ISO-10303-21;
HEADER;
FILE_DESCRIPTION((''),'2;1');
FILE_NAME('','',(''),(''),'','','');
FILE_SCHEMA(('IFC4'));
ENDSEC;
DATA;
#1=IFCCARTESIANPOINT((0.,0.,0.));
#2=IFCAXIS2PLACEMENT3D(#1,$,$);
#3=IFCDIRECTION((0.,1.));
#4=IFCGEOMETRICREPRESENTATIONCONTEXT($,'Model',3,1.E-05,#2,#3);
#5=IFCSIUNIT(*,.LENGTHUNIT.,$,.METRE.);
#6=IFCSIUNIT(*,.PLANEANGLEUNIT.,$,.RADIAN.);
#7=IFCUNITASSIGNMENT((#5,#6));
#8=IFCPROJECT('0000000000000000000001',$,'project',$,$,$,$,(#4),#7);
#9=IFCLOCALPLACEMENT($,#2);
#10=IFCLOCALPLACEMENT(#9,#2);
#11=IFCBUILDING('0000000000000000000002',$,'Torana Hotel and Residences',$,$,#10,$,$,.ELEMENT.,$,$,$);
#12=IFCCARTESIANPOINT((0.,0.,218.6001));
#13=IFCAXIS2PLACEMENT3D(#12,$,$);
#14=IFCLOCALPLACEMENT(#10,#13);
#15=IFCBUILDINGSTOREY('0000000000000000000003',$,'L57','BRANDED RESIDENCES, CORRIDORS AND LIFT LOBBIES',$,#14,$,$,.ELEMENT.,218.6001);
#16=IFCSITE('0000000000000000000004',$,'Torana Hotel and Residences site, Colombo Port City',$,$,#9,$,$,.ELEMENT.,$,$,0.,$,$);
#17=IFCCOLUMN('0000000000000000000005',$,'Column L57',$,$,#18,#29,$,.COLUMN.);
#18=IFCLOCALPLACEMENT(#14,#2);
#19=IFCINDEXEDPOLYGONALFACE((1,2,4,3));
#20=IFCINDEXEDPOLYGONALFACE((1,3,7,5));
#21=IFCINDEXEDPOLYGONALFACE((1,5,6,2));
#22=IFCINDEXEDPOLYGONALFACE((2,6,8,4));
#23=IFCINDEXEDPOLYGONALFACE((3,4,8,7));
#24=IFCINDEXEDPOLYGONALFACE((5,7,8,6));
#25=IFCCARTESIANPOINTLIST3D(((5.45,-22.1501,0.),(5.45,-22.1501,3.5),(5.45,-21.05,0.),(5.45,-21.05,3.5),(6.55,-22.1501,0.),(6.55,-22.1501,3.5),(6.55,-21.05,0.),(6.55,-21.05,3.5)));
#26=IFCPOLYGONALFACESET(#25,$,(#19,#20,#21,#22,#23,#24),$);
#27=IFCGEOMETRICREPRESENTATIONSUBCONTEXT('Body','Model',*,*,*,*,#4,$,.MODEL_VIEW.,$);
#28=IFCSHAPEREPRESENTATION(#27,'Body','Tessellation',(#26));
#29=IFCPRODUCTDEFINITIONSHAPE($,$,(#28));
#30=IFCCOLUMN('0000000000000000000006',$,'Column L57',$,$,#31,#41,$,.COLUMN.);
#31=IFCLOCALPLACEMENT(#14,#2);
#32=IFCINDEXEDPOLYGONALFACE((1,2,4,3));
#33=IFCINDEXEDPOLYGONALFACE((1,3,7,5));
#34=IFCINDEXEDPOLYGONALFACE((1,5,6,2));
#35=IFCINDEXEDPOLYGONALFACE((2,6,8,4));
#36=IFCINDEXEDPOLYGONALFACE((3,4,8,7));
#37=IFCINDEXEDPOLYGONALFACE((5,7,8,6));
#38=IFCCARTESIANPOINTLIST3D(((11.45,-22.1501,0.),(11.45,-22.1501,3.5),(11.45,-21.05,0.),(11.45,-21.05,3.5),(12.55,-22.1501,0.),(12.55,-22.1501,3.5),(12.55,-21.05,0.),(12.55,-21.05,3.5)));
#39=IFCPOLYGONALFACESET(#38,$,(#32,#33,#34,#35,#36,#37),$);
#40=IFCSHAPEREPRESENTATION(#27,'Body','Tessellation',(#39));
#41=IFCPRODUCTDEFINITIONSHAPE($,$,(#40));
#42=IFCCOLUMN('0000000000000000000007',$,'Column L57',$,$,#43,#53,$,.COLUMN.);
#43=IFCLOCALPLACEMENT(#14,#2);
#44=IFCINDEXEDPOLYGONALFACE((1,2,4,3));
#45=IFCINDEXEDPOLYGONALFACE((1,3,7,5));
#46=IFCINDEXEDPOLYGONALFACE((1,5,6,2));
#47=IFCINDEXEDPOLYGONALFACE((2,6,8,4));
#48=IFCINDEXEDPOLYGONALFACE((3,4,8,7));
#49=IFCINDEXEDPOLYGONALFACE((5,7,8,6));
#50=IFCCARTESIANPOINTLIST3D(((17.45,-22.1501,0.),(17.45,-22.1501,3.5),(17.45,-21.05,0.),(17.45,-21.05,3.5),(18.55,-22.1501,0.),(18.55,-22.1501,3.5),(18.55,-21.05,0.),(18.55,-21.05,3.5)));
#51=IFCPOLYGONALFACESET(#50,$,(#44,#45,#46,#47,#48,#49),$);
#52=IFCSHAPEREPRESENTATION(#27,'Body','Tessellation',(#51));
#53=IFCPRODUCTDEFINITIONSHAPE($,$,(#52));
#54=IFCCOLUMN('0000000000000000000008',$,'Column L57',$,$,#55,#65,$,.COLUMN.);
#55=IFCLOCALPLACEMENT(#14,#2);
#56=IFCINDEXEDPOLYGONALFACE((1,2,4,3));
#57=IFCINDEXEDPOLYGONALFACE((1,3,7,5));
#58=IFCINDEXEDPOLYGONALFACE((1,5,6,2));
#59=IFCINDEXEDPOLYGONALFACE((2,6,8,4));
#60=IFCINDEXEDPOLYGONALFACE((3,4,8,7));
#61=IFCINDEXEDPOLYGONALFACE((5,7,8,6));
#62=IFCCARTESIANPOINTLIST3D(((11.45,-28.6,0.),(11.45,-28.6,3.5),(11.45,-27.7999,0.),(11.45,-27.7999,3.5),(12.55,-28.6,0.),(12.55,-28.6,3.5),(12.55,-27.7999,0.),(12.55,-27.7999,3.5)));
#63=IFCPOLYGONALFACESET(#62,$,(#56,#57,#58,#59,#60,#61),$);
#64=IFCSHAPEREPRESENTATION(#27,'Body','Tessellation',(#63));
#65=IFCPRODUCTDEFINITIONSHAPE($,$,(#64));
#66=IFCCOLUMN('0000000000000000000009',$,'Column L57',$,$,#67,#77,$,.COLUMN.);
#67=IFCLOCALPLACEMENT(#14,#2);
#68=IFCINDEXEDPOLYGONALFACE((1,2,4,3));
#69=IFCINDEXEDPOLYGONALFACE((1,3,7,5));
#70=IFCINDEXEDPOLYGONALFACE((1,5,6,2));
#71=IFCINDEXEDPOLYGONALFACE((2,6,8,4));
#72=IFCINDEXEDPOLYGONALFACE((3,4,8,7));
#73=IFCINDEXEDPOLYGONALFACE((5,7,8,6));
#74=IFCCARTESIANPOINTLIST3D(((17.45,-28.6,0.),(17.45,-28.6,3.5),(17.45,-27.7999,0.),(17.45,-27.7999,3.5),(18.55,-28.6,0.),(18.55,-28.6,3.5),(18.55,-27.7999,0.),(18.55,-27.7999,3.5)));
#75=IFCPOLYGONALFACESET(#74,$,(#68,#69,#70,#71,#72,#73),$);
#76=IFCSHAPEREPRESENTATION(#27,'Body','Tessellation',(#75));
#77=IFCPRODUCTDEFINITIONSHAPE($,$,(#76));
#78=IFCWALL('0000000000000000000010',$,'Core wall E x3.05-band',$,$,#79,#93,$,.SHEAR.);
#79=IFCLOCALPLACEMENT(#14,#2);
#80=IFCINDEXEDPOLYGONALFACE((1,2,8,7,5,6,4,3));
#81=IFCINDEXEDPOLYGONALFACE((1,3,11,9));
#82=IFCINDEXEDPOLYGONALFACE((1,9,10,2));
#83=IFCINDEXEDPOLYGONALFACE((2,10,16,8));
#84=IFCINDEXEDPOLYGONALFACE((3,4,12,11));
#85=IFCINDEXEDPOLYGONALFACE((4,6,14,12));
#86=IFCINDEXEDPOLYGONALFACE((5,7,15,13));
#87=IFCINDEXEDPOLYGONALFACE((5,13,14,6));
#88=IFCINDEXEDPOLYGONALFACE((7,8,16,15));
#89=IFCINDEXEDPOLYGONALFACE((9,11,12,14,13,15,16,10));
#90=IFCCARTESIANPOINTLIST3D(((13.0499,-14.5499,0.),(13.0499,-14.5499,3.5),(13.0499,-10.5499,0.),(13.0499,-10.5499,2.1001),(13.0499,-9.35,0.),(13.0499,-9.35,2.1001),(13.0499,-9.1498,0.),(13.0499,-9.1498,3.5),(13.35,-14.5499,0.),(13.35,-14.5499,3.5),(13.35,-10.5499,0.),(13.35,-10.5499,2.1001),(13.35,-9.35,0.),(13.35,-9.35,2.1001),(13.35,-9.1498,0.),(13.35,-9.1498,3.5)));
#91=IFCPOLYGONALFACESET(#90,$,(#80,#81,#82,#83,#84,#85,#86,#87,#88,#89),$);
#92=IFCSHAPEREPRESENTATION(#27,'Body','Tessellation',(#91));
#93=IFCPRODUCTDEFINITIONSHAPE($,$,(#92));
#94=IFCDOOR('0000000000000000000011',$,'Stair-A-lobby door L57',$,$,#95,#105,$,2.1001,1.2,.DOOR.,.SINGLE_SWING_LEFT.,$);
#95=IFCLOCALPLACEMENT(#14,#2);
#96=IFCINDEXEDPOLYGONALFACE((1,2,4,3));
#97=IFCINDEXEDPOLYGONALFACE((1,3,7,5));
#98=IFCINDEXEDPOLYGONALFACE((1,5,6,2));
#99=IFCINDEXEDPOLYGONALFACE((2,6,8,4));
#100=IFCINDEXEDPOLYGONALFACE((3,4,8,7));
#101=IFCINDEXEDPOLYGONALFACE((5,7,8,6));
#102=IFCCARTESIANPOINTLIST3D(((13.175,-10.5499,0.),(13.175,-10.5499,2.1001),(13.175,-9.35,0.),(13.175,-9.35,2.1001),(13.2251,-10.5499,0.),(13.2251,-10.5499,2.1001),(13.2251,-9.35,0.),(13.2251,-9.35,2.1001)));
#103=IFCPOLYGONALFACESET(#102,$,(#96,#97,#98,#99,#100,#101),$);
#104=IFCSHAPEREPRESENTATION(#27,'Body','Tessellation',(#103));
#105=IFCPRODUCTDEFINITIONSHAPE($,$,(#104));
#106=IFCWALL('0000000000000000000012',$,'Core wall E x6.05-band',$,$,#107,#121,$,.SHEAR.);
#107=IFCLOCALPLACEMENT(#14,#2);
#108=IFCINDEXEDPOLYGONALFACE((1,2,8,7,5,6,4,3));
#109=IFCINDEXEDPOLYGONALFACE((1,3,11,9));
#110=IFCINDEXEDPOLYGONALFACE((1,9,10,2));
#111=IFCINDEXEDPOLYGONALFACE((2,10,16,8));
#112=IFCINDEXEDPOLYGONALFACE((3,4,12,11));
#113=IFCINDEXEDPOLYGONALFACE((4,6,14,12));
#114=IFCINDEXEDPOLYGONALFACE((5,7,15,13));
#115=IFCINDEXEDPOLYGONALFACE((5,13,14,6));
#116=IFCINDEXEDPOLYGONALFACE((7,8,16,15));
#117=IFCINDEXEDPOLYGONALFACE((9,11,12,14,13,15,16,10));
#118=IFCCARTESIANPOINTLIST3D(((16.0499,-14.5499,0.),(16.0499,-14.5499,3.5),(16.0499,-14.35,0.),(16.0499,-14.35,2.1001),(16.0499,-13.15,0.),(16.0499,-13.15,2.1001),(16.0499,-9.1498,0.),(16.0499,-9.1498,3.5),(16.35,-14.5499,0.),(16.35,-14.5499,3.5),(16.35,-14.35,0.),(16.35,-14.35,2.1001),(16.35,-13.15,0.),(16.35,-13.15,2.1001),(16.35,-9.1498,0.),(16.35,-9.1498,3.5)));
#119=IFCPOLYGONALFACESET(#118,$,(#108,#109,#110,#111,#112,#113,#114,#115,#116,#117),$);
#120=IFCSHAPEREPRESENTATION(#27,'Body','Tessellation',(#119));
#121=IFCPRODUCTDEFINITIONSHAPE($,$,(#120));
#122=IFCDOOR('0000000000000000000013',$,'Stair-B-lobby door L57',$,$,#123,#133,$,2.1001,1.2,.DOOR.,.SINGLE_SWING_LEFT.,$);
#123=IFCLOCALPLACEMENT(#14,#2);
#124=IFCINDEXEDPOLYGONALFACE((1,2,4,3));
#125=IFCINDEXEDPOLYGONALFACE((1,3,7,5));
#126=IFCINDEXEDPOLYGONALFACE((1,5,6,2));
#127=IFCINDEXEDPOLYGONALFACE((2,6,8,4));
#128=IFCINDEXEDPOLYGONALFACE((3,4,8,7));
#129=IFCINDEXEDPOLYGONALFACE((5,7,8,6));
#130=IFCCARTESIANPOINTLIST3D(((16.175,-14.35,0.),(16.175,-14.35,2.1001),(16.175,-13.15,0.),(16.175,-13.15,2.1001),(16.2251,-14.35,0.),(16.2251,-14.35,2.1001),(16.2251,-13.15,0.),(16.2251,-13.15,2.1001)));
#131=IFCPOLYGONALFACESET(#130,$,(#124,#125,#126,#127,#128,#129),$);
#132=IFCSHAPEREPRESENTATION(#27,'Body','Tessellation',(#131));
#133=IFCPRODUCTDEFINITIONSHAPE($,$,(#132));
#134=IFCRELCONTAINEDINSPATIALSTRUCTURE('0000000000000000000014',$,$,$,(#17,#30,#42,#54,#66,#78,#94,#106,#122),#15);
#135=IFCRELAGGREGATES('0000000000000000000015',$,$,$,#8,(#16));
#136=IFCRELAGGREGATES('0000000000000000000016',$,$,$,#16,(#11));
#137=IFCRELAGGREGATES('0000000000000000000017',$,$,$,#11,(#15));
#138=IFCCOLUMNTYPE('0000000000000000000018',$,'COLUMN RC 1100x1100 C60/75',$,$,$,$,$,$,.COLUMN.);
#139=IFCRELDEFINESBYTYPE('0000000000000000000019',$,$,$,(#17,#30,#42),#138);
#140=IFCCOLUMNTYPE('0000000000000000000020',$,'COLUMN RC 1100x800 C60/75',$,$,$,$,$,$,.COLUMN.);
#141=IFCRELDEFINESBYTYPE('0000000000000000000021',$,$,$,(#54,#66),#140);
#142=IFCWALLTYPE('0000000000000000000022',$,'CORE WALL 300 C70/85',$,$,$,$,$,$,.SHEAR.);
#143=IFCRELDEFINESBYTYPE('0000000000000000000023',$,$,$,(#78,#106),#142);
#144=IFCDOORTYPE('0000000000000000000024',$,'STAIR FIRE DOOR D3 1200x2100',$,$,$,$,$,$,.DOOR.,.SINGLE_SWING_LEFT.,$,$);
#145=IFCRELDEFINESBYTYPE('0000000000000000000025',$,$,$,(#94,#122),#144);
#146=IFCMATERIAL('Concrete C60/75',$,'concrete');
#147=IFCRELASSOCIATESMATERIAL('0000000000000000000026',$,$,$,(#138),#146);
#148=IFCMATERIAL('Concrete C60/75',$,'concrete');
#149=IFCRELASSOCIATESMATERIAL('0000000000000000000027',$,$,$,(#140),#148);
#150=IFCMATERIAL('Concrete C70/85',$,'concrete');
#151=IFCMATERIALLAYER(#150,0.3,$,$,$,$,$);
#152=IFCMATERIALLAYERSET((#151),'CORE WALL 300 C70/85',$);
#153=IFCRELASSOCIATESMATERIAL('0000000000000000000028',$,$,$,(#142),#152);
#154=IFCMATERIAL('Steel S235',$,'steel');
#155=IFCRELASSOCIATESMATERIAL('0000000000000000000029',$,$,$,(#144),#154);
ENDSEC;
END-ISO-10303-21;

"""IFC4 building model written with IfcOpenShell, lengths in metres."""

from ifc_helpers import new_model, si_unit, direction, frame, frame_2d, origin, origin_2d, place, context, subcontext, project, spatial, rectangle, extrude, material, layer, layer_set, material_profile, profile_set, type_object, element, fill, save


model = new_model("IFC4")

# Units and contexts
model_context = context("Model", 3, precision=1e-05, world=origin(), true_north=direction((0.0, 1.0)))
body_context = subcontext(model_context, "Body", "Model", "MODEL_VIEW")
ifc_project = project(units=[si_unit("LENGTHUNIT", "METRE"), si_unit("PLANEANGLEUNIT", "RADIAN")], contexts=[model_context])

# Site, building, storey
site_placement = place(None, origin())
site = spatial("IfcSite", under=ifc_project, at=site_placement, Name="Torana Hotel and Residences site, Colombo Port City", CompositionType="ELEMENT", RefElevation=0.0)
building_placement = place(site_placement, origin())
building = spatial("IfcBuilding", under=site, at=building_placement, Name="Torana Hotel and Residences", CompositionType="ELEMENT")
storey_placement = place(building_placement, frame((0.0, 0.0, 218.6001)))
storey = spatial("IfcBuildingStorey", under=building, at=storey_placement, Name="L57", Description="BRANDED RESIDENCES, CORRIDORS AND LIFT LOBBIES", CompositionType="ELEMENT", Elevation=218.6001)

# Columns
ifc_material_1 = material(Name="Concrete C60/75", Category="concrete")
ifc_material_profile_1 = material_profile(ifc_material_1, rectangle(XDim=1.1001, YDim=1.1001, at=origin_2d()), Name="RC 1100x1100")
ifc_profile_set_1 = profile_set([ifc_material_profile_1], Name="Concrete C60/75")
column_type_1 = type_object("IfcColumnType", Name="COLUMN RC 1100x1100 C60/75", PredefinedType="COLUMN", material=ifc_profile_set_1)
for number, where, z_axis, x_axis, name in (
    (1, (6.0, -21.6001, 0.0), (0.0, 0.0, 1.0), (1.0, 0.0, 0.0), "Column L57"),
    (2, (12.0, -21.6001, 0.0), (0.0, 0.0, 1.0), (1.0, 0.0, 0.0), "Column L57"),
    (3, (18.0, -21.6001, 0.0), (0.0, 0.0, 1.0), (1.0, 0.0, 0.0), "Column L57"),
):
    element("IfcColumn", number, at=place(storey_placement, frame(where, z_axis=z_axis, x_axis=x_axis)), inside=storey, type_object=column_type_1, Name=name, PredefinedType="COLUMN", context=body_context, shape_type="SweptSolid", body=[
        extrude(rectangle(XDim=1.1001, YDim=1.1001, at=origin_2d()), origin(), (0.0, 0.0, 1.0), 3.5),
    ])
ifc_material_2 = material(Name="Concrete C60/75", Category="concrete")
ifc_material_profile_2 = material_profile(ifc_material_2, rectangle(XDim=1.1001, YDim=0.8, at=origin_2d()), Name="RC 1100x800")
ifc_profile_set_2 = profile_set([ifc_material_profile_2], Name="Concrete C60/75")
column_type_2 = type_object("IfcColumnType", Name="COLUMN RC 1100x800 C60/75", PredefinedType="COLUMN", material=ifc_profile_set_2)
for number, where, z_axis, x_axis, name in (
    (4, (12.0, -28.2, 0.0), (0.0, 0.0, 1.0), (1.0, 0.0, 0.0), "Column L57"),
    (5, (18.0, -28.2, 0.0), (0.0, 0.0, 1.0), (1.0, 0.0, 0.0), "Column L57"),
):
    element("IfcColumn", number, at=place(storey_placement, frame(where, z_axis=z_axis, x_axis=x_axis)), inside=storey, type_object=column_type_2, Name=name, PredefinedType="COLUMN", context=body_context, shape_type="SweptSolid", body=[
        extrude(rectangle(XDim=1.1001, YDim=0.8, at=origin_2d()), origin(), (0.0, 0.0, 1.0), 3.5),
    ])

# Walls, openings, doors
ifc_material_3 = material(Name="Concrete C70/85", Category="concrete")
ifc_layer_1 = layer(ifc_material_3, 0.3)
ifc_layer_set_1 = layer_set([ifc_layer_1], Name="CORE WALL 300 C70/85")
wall_type_1 = type_object("IfcWallType", Name="CORE WALL 300 C70/85", PredefinedType="SHEAR", material=ifc_layer_set_1)
wall_1_placement = place(storey_placement, frame((13.2, -14.55, 0.0), z_axis=(0.0, 0.0, 1.0), x_axis=(0.0, 1.0, 0.0)))
wall_1 = element("IfcWall", 6, at=wall_1_placement, inside=storey, type_object=wall_type_1, Name="Core wall E x3.05-band", PredefinedType="SHEAR", context=body_context, shape_type="SweptSolid", body=[
    extrude(rectangle(XDim=5.4001, YDim=0.3, at=frame_2d((2.7002, 0.0))), origin(), (0.0, 0.0, 1.0), 3.5),
])
opening_1_placement = place(wall_1_placement, frame((4.0, 0.0, 0.0)))
opening_1 = element("IfcOpeningElement", 7, at=opening_1_placement, cuts=wall_1, PredefinedType="OPENING", context=body_context, shape_type="SweptSolid", body=[
    extrude(rectangle(XDim=1.2, YDim=2.1001, at=frame_2d((0.6001, 1.05))), frame((0.0, 0.1599, 0.0), z_axis=(0.0, -1.0, 0.0), x_axis=(1.0, 0.0, 0.0)), (0.0, 0.0, 1.0), 0.3201),
])
ifc_material_4 = material(Name="Steel S235", Category="steel")
door_type_1 = type_object("IfcDoorType", Name="STAIR FIRE DOOR D3 1200x2100", OperationType="SINGLE_SWING_LEFT", PredefinedType="DOOR", material=ifc_material_4)
door_1_placement = place(opening_1_placement, origin())
door_1 = element("IfcDoor", 8, at=door_1_placement, inside=storey, type_object=door_type_1, Name="Stair-A-lobby door L57", OperationType="SINGLE_SWING_LEFT", OverallHeight=2.1001, OverallWidth=1.2, PredefinedType="DOOR", context=body_context, shape_type="SweptSolid", body=[
    extrude(rectangle(XDim=1.2, YDim=2.1001, at=frame_2d((0.6001, 1.05))), frame((0.0, 0.0249, 0.0), z_axis=(0.0, -1.0, 0.0), x_axis=(1.0, 0.0, 0.0)), (0.0, 0.0, 1.0), 0.05),
])
fill(opening_1, door_1)
wall_2_placement = place(storey_placement, frame((16.2, -14.55, 0.0), z_axis=(0.0, 0.0, 1.0), x_axis=(0.0, 1.0, 0.0)))
wall_2 = element("IfcWall", 9, at=wall_2_placement, inside=storey, type_object=wall_type_1, Name="Core wall E x6.05-band", PredefinedType="SHEAR", context=body_context, shape_type="SweptSolid", body=[
    extrude(rectangle(XDim=5.4001, YDim=0.3, at=frame_2d((2.7002, 0.0))), origin(), (0.0, 0.0, 1.0), 3.5),
])
opening_2_placement = place(wall_2_placement, frame((0.2, 0.0, 0.0)))
opening_2 = element("IfcOpeningElement", 10, at=opening_2_placement, cuts=wall_2, PredefinedType="OPENING", context=body_context, shape_type="SweptSolid", body=[
    extrude(rectangle(XDim=1.2, YDim=2.1001, at=frame_2d((0.6001, 1.05))), frame((0.0, 0.1599, 0.0), z_axis=(0.0, -1.0, 0.0), x_axis=(1.0, 0.0, 0.0)), (0.0, 0.0, 1.0), 0.3201),
])
door_2_placement = place(opening_2_placement, frame((0.6001, 0.0, 0.0), z_axis=(0.0, 0.0, 1.0), x_axis=(-1.0, 0.0, 0.0)))
door_2 = element("IfcDoor", 11, at=door_2_placement, inside=storey, type_object=door_type_1, Name="Stair-B-lobby door L57", OperationType="SINGLE_SWING_LEFT", OverallHeight=2.1001, OverallWidth=1.2, PredefinedType="DOOR", context=body_context, shape_type="SweptSolid", body=[
    extrude(rectangle(XDim=1.2, YDim=2.1001, at=frame_2d((0.0, 1.05))), frame((0.0, -0.0249, 0.0), z_axis=(0.0, 1.0, 0.0), x_axis=(-1.0, 0.0, 0.0)), (0.0, 0.0, 1.0), 0.05),
])
fill(opening_2, door_2)

save(model, "model.ifc")
